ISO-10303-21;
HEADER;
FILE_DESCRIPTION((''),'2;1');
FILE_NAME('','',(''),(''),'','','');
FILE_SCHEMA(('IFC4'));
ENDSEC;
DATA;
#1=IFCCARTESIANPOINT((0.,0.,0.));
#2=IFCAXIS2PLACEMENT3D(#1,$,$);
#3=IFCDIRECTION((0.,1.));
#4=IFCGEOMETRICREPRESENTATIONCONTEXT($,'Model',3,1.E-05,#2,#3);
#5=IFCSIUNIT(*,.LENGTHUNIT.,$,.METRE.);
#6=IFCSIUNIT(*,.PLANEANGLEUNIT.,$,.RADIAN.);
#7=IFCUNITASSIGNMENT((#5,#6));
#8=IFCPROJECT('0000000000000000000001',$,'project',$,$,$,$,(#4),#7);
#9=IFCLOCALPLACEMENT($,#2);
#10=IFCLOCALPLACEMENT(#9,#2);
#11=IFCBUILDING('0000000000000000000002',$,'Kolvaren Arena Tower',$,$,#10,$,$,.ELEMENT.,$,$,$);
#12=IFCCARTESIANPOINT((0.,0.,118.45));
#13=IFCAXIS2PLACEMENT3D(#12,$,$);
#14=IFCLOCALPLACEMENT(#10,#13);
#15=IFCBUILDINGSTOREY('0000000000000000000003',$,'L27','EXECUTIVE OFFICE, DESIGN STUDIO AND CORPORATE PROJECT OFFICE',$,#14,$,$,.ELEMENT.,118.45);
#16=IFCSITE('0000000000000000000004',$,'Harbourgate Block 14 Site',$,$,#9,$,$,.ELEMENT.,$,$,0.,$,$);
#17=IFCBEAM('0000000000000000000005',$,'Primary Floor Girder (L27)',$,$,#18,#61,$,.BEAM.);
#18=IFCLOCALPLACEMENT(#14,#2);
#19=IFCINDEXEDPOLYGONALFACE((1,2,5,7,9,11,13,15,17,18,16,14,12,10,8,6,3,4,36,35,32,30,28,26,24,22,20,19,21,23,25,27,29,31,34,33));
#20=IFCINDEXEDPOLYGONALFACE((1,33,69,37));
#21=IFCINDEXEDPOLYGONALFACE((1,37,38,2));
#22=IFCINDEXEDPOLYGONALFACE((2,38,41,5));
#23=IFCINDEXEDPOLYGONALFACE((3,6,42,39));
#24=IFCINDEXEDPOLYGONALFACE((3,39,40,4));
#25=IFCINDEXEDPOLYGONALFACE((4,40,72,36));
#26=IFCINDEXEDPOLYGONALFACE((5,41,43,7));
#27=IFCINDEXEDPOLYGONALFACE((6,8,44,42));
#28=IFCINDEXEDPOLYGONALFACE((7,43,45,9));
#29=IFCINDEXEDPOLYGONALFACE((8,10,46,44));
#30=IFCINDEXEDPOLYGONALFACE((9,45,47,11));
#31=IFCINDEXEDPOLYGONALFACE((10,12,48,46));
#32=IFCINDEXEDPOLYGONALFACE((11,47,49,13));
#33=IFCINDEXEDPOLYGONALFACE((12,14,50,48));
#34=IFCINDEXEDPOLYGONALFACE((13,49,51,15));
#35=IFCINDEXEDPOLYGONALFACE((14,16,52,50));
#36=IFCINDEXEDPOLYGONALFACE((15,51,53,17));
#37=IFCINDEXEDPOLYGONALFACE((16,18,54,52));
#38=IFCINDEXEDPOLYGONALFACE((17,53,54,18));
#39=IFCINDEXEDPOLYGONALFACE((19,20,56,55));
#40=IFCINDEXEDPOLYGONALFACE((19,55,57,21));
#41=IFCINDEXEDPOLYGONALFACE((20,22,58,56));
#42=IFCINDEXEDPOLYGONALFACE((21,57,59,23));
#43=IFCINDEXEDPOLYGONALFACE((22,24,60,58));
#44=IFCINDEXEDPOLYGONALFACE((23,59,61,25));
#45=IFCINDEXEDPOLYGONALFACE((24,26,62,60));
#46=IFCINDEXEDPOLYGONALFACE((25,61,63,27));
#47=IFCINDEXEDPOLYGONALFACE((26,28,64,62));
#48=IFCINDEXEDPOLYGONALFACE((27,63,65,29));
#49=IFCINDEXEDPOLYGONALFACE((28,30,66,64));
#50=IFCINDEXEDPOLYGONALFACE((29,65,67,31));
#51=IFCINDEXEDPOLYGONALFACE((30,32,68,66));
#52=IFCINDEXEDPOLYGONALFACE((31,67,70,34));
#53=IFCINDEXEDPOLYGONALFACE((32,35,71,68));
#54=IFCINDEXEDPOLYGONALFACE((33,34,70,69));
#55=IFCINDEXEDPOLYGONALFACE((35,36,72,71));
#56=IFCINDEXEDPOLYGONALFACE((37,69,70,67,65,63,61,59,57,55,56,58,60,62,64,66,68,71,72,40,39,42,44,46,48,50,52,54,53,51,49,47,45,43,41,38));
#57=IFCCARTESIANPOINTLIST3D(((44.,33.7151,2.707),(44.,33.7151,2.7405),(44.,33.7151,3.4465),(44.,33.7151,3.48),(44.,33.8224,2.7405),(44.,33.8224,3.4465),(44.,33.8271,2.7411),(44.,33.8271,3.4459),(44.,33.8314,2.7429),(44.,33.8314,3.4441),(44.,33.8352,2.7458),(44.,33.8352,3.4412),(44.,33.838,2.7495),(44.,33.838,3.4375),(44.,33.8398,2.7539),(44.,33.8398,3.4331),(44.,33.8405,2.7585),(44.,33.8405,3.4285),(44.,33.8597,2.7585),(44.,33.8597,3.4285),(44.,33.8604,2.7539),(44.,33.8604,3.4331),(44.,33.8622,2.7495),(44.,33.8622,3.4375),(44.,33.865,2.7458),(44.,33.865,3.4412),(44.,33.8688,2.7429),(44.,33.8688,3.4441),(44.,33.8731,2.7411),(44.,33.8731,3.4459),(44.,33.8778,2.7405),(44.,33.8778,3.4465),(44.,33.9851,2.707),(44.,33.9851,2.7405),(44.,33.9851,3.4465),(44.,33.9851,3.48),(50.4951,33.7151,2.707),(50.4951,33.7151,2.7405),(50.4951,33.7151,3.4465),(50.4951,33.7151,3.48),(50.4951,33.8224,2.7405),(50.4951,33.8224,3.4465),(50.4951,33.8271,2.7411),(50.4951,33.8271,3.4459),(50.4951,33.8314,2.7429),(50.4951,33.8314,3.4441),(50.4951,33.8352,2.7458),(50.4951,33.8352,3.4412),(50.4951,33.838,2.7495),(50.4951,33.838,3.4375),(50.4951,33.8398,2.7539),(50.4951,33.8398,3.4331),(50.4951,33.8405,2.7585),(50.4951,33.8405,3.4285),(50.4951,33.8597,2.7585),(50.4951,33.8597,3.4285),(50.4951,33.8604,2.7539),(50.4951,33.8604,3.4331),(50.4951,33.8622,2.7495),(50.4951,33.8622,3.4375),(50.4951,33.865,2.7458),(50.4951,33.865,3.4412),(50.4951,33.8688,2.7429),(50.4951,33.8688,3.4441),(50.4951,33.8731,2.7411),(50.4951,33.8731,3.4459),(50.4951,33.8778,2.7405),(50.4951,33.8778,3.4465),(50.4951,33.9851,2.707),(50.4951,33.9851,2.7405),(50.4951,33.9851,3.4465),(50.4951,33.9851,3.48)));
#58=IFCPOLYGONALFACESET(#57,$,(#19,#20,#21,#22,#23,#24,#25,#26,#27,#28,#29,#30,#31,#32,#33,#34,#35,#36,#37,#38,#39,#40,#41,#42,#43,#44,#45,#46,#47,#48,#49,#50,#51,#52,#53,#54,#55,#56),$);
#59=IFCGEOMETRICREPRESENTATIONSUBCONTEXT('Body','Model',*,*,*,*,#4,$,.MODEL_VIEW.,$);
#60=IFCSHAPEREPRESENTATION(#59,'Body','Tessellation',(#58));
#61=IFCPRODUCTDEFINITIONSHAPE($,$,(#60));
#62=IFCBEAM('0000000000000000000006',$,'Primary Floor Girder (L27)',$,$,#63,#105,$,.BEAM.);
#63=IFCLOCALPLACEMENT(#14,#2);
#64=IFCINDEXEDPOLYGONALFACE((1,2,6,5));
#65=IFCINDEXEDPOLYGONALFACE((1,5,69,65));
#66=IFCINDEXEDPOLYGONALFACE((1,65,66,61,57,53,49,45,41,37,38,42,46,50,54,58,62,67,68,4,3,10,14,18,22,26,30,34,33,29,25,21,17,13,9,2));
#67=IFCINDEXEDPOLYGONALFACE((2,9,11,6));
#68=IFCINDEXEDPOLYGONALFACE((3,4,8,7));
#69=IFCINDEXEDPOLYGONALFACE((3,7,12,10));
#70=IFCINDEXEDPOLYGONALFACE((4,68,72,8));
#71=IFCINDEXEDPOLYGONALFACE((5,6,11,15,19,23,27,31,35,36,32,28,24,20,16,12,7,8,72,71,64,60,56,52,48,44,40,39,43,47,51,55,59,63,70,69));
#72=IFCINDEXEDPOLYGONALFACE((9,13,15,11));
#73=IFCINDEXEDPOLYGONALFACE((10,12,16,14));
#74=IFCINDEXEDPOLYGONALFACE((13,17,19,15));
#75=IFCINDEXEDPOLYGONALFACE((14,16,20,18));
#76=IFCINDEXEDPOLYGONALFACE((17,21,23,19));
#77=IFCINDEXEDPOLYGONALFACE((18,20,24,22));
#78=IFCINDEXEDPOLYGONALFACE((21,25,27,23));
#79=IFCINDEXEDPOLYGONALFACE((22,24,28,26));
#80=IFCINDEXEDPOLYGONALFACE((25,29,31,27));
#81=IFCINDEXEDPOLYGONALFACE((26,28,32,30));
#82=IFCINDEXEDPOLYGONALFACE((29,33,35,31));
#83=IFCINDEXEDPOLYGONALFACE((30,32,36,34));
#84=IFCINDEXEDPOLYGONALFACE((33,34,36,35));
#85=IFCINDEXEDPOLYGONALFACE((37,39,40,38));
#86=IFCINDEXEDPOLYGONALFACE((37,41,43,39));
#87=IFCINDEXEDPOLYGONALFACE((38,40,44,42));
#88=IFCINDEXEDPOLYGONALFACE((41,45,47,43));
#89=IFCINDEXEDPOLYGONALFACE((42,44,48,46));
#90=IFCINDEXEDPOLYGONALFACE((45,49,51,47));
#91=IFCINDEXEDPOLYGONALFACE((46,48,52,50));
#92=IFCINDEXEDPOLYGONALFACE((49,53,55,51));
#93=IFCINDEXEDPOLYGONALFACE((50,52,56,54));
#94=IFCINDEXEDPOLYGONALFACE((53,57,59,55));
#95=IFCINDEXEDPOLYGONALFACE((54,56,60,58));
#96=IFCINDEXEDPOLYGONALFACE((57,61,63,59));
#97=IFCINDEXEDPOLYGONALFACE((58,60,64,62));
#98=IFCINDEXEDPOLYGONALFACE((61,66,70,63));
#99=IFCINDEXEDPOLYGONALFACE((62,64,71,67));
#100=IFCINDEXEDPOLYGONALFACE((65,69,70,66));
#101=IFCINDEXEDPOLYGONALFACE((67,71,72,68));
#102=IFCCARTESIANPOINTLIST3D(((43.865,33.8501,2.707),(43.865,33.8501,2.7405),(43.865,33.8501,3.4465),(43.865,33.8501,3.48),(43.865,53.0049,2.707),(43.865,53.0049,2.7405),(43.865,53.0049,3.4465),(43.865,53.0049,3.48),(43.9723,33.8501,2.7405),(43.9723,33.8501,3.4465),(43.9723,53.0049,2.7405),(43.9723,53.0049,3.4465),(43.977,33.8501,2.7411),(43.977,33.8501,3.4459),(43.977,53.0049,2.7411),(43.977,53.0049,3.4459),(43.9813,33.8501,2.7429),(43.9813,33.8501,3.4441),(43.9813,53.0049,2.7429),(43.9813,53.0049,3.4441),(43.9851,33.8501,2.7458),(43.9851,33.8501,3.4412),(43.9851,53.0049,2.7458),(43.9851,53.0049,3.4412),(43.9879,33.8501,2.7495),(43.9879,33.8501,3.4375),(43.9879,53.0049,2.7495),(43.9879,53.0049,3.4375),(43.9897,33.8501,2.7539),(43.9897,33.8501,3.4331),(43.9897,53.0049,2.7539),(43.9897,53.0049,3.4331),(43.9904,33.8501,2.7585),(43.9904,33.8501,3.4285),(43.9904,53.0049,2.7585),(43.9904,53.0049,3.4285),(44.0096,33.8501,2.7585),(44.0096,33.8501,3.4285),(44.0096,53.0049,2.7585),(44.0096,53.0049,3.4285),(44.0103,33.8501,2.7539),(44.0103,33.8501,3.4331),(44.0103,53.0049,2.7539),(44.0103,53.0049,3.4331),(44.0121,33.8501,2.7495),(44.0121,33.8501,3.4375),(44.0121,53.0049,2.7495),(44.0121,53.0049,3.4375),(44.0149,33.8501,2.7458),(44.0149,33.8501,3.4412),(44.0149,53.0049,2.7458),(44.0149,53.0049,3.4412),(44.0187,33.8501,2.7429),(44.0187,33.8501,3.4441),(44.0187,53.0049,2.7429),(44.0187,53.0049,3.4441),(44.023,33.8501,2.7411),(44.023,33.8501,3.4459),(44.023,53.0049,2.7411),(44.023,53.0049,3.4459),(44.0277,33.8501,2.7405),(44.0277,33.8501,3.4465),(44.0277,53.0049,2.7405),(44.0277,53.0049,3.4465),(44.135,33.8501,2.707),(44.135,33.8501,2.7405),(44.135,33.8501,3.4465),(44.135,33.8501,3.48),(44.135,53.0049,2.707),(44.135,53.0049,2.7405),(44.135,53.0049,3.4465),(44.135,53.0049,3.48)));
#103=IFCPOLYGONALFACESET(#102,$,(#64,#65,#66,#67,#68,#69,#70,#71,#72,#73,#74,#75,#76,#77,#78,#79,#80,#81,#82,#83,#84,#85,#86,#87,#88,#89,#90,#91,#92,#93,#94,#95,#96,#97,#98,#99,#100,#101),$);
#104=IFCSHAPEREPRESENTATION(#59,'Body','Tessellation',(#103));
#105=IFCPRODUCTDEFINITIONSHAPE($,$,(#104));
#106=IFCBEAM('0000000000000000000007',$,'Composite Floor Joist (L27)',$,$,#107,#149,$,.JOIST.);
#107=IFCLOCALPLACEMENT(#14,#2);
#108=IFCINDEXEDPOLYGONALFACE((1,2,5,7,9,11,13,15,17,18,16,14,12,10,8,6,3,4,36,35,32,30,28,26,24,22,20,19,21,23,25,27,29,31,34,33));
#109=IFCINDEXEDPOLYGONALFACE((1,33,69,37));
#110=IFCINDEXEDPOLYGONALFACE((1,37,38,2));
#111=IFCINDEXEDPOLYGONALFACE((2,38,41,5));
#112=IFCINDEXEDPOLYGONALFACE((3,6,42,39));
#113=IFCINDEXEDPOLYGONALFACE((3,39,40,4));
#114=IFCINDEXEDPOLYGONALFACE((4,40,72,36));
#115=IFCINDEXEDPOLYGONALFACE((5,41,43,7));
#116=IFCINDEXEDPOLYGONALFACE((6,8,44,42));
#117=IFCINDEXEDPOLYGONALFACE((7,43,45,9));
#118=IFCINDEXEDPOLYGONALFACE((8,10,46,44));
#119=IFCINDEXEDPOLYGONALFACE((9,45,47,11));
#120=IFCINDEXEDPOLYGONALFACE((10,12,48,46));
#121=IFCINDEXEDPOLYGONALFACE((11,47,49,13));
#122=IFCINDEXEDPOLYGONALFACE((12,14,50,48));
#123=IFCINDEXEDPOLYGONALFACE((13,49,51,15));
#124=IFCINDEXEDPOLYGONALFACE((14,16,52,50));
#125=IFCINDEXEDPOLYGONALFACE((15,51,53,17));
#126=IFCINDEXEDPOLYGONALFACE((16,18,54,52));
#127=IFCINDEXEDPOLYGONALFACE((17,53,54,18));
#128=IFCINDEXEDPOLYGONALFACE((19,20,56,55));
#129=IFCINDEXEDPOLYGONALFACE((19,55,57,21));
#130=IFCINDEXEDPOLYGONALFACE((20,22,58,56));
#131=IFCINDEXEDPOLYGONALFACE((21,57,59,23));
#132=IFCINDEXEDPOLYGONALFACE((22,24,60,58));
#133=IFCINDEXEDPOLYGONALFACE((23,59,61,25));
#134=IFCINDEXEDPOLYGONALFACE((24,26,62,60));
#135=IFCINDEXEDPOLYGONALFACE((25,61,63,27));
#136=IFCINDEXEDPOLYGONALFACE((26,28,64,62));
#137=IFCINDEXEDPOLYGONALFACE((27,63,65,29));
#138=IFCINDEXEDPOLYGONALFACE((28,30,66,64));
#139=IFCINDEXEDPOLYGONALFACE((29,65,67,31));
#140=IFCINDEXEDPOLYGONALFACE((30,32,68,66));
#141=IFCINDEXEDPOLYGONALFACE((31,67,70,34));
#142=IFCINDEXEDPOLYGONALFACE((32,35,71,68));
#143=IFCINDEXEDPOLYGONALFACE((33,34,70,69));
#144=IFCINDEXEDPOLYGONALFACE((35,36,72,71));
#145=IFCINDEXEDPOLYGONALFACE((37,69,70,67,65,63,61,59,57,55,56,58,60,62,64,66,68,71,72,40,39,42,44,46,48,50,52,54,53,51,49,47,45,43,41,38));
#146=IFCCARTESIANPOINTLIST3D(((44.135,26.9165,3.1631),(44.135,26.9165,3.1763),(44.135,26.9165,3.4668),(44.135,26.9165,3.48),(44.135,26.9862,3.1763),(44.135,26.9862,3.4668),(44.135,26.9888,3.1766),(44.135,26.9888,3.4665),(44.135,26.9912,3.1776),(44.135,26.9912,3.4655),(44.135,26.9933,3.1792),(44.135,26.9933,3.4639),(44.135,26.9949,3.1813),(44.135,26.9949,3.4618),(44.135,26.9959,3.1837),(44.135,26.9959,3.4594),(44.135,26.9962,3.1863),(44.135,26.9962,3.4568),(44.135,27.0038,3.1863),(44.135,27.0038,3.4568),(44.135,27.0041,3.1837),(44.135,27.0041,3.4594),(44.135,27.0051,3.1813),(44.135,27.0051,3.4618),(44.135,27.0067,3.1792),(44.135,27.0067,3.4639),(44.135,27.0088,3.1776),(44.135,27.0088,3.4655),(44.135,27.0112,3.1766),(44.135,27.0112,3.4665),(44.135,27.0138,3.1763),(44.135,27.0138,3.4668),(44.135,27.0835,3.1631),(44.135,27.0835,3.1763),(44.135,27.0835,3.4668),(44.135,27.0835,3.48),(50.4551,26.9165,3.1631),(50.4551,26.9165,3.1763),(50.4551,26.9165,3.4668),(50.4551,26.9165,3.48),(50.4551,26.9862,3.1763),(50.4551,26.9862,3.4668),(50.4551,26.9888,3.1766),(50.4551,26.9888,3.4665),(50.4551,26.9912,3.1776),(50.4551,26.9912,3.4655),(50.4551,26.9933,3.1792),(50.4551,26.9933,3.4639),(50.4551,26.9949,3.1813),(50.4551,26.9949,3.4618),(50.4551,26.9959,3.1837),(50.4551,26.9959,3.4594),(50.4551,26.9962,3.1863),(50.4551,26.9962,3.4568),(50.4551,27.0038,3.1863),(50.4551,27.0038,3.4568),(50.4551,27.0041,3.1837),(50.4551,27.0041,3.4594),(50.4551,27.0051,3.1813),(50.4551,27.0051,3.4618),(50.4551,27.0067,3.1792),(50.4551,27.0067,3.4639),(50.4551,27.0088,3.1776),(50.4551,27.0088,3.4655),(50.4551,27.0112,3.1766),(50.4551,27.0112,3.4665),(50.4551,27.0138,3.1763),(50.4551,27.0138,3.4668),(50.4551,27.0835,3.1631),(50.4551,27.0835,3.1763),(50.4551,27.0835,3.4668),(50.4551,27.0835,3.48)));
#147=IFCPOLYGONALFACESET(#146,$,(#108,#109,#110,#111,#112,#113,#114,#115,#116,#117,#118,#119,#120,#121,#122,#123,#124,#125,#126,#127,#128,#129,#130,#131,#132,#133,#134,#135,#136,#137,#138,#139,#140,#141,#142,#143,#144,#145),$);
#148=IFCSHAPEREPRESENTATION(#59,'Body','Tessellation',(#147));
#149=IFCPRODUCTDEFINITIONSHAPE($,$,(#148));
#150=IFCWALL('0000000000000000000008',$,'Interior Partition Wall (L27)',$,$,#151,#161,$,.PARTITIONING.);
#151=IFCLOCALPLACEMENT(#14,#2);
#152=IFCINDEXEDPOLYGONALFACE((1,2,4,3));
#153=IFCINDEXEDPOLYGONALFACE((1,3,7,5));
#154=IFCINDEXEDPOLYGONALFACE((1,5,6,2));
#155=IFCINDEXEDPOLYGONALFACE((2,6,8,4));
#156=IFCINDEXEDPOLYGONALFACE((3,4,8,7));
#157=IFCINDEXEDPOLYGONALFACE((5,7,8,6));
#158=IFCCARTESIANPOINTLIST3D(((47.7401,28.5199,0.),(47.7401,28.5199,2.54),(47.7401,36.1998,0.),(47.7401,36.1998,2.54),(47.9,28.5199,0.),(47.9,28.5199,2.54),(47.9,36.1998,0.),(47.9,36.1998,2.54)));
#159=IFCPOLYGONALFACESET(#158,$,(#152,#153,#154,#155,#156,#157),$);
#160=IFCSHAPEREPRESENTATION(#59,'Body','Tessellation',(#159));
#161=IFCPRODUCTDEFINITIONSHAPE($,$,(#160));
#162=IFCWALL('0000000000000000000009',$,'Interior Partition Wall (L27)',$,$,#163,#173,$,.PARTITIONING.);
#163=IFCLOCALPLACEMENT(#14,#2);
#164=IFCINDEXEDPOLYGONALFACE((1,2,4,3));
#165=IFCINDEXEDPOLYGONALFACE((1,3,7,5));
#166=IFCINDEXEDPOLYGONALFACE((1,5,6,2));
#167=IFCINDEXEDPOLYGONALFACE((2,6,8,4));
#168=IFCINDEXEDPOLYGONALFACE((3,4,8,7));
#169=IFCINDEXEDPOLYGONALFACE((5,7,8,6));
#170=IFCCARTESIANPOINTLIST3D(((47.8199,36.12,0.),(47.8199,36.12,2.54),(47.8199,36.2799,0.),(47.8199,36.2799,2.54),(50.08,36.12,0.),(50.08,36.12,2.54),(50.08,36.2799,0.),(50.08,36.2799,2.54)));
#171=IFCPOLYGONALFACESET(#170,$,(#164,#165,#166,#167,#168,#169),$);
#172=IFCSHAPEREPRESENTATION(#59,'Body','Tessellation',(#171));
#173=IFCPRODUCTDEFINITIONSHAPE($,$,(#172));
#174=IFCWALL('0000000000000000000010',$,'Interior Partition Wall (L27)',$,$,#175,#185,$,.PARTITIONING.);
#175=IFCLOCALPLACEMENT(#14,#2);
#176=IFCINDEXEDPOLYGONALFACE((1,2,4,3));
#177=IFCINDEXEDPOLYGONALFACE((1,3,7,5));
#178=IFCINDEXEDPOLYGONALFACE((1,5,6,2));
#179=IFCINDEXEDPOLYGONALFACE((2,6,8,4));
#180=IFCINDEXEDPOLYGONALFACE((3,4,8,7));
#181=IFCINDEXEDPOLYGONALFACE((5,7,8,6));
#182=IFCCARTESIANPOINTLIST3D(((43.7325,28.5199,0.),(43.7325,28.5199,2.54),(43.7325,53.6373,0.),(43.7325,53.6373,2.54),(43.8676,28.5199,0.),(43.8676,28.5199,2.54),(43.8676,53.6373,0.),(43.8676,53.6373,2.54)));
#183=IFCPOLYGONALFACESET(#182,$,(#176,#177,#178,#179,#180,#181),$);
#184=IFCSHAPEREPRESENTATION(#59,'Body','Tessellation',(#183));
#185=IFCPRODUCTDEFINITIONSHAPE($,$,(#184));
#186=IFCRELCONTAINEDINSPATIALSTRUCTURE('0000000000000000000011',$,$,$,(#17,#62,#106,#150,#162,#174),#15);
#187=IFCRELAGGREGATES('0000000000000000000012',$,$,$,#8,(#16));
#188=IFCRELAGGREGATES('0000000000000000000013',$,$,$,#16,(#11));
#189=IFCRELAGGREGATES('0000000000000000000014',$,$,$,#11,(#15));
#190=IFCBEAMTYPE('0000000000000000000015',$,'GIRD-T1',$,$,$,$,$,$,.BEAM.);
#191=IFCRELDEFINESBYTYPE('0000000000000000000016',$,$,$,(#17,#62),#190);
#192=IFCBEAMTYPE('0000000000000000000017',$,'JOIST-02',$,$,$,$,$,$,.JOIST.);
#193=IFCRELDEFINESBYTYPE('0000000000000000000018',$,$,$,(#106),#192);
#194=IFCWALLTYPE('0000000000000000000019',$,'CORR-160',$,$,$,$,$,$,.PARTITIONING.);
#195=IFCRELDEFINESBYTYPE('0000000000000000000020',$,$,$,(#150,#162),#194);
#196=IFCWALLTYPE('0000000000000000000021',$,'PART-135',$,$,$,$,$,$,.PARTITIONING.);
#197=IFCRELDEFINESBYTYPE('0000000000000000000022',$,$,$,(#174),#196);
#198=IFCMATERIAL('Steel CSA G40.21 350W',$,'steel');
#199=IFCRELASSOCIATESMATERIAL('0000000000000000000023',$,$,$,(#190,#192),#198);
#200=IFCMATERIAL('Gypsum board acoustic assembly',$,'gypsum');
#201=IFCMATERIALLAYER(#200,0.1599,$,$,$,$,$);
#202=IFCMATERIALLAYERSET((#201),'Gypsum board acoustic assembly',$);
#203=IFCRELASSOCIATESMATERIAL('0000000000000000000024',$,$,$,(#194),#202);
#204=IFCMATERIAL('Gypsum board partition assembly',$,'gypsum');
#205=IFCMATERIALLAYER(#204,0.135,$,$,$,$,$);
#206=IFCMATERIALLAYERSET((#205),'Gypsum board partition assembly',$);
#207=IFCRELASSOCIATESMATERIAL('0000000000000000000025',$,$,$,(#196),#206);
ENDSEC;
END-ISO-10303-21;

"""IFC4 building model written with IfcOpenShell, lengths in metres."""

from ifc_helpers import new_model, si_unit, direction, frame, frame_2d, origin, origin_2d, place, context, subcontext, project, spatial, rectangle, i_section, extrude, material, layer, layer_set, material_profile, profile_set, type_object, element, save


model = new_model("IFC4")

# Units and contexts
model_context = context("Model", 3, precision=1e-05, world=origin(), true_north=direction((0.0, 1.0)))
body_context = subcontext(model_context, "Body", "Model", "MODEL_VIEW")
ifc_project = project(units=[si_unit("LENGTHUNIT", "METRE"), si_unit("PLANEANGLEUNIT", "RADIAN")], contexts=[model_context])

# Site, building, storey
site_placement = place(None, origin())
site = spatial("IfcSite", under=ifc_project, at=site_placement, Name="Harbourgate Block 14 Site", CompositionType="ELEMENT", RefElevation=0.0)
building_placement = place(site_placement, origin())
building = spatial("IfcBuilding", under=site, at=building_placement, Name="Kolvaren Arena Tower", CompositionType="ELEMENT")
storey_placement = place(building_placement, frame((0.0, 0.0, 118.45)))
storey = spatial("IfcBuildingStorey", under=building, at=storey_placement, Name="L27", Description="EXECUTIVE OFFICE, DESIGN STUDIO AND CORPORATE PROJECT OFFICE", CompositionType="ELEMENT", Elevation=118.45)

# Beams
ifc_material_1 = material(Name="Steel CSA G40.21 350W", Category="steel")
ifc_material_profile_1 = material_profile(ifc_material_1, i_section(OverallWidth=0.27, OverallDepth=0.7729, WebThickness=0.0193, FlangeThickness=0.0334, FilletRadius=0.0181, at=origin_2d()), Name="W760x257")
ifc_profile_set_1 = profile_set([ifc_material_profile_1], Name="Steel CSA G40.21 350W")
beam_type_1 = type_object("IfcBeamType", Name="GIRD-T1", PredefinedType="BEAM", material=ifc_profile_set_1)
beam_1_placement = place(storey_placement, frame((44.0, 33.8501, 3.0935), z_axis=(1.0, 0.0, 0.0), x_axis=(0.0, 1.0, 0.0)))
element("IfcBeam", 1, at=beam_1_placement, inside=storey, type_object=beam_type_1, Name="Primary Floor Girder (L27)", PredefinedType="BEAM", context=body_context, shape_type="SweptSolid", body=[
    extrude(i_section(OverallWidth=0.27, OverallDepth=0.7729, WebThickness=0.0193, FlangeThickness=0.0334, FilletRadius=0.0181, at=origin_2d()), origin(), (0.0, 0.0, 1.0), 6.4951),
])
beam_2_placement = place(storey_placement, frame((44.0, 33.8501, 3.0935), z_axis=(0.0, 1.0, 0.0), x_axis=(-1.0, 0.0, 0.0)))
element("IfcBeam", 2, at=beam_2_placement, inside=storey, type_object=beam_type_1, Name="Primary Floor Girder (L27)", PredefinedType="BEAM", context=body_context, shape_type="SweptSolid", body=[
    extrude(i_section(OverallWidth=0.27, OverallDepth=0.7729, WebThickness=0.0193, FlangeThickness=0.0334, FilletRadius=0.0181, at=origin_2d()), origin(), (0.0, 0.0, 1.0), 19.1548),
])
ifc_material_profile_2 = material_profile(ifc_material_1, i_section(OverallWidth=0.167, OverallDepth=0.3169, WebThickness=0.0076, FlangeThickness=0.0132, FilletRadius=0.01, at=origin_2d()), Name="W310x52")
ifc_profile_set_2 = profile_set([ifc_material_profile_2], Name="Steel CSA G40.21 350W")
beam_type_2 = type_object("IfcBeamType", Name="JOIST-02", PredefinedType="JOIST", material=ifc_profile_set_2)
beam_3_placement = place(storey_placement, frame((44.135, 27.0, 3.3215), z_axis=(1.0, 0.0, 0.0), x_axis=(0.0, 1.0, 0.0)))
element("IfcBeam", 3, at=beam_3_placement, inside=storey, type_object=beam_type_2, Name="Composite Floor Joist (L27)", PredefinedType="JOIST", context=body_context, shape_type="SweptSolid", body=[
    extrude(i_section(OverallWidth=0.167, OverallDepth=0.3169, WebThickness=0.0076, FlangeThickness=0.0132, FilletRadius=0.01, at=origin_2d()), origin(), (0.0, 0.0, 1.0), 6.3201),
])

# Walls
ifc_material_2 = material(Name="Gypsum board acoustic assembly", Category="gypsum")
ifc_layer_1 = layer(ifc_material_2, 0.1599)
ifc_layer_set_1 = layer_set([ifc_layer_1], Name="Gypsum board acoustic assembly")
wall_type_1 = type_object("IfcWallType", Name="CORR-160", PredefinedType="PARTITIONING", material=ifc_layer_set_1)
wall_1_placement = place(storey_placement, frame((47.8201, 28.52, 0.0), z_axis=(0.0, 0.0, 1.0), x_axis=(0.0, 1.0, 0.0)))
element("IfcWall", 4, at=wall_1_placement, inside=storey, type_object=wall_type_1, Name="Interior Partition Wall (L27)", PredefinedType="PARTITIONING", context=body_context, shape_type="SweptSolid", body=[
    extrude(rectangle(XDim=7.6799, YDim=0.1599, at=frame_2d((3.8398, 0.0))), origin(), (0.0, 0.0, 1.0), 2.54),
])
wall_2_placement = place(storey_placement, frame((47.8201, 36.2, 0.0), z_axis=(0.0, 0.0, 1.0), x_axis=(1.0, 0.0, 0.0)))
element("IfcWall", 5, at=wall_2_placement, inside=storey, type_object=wall_type_1, Name="Interior Partition Wall (L27)", PredefinedType="PARTITIONING", context=body_context, shape_type="SweptSolid", body=[
    extrude(rectangle(XDim=2.26, YDim=0.1599, at=frame_2d((1.1299, 0.0))), origin(), (0.0, 0.0, 1.0), 2.54),
])
ifc_material_3 = material(Name="Gypsum board partition assembly", Category="gypsum")
ifc_layer_2 = layer(ifc_material_3, 0.135)
ifc_layer_set_2 = layer_set([ifc_layer_2], Name="Gypsum board partition assembly")
wall_type_2 = type_object("IfcWallType", Name="PART-135", PredefinedType="PARTITIONING", material=ifc_layer_set_2)
wall_3_placement = place(storey_placement, frame((43.8, 28.52, 0.0), z_axis=(0.0, 0.0, 1.0), x_axis=(0.0, 1.0, 0.0)))
element("IfcWall", 6, at=wall_3_placement, inside=storey, type_object=wall_type_2, Name="Interior Partition Wall (L27)", PredefinedType="PARTITIONING", context=body_context, shape_type="SweptSolid", body=[
    extrude(rectangle(XDim=25.1174, YDim=0.135, at=frame_2d((12.5586, 0.0))), origin(), (0.0, 0.0, 1.0), 2.54),
])

save(model, "model.ifc")
